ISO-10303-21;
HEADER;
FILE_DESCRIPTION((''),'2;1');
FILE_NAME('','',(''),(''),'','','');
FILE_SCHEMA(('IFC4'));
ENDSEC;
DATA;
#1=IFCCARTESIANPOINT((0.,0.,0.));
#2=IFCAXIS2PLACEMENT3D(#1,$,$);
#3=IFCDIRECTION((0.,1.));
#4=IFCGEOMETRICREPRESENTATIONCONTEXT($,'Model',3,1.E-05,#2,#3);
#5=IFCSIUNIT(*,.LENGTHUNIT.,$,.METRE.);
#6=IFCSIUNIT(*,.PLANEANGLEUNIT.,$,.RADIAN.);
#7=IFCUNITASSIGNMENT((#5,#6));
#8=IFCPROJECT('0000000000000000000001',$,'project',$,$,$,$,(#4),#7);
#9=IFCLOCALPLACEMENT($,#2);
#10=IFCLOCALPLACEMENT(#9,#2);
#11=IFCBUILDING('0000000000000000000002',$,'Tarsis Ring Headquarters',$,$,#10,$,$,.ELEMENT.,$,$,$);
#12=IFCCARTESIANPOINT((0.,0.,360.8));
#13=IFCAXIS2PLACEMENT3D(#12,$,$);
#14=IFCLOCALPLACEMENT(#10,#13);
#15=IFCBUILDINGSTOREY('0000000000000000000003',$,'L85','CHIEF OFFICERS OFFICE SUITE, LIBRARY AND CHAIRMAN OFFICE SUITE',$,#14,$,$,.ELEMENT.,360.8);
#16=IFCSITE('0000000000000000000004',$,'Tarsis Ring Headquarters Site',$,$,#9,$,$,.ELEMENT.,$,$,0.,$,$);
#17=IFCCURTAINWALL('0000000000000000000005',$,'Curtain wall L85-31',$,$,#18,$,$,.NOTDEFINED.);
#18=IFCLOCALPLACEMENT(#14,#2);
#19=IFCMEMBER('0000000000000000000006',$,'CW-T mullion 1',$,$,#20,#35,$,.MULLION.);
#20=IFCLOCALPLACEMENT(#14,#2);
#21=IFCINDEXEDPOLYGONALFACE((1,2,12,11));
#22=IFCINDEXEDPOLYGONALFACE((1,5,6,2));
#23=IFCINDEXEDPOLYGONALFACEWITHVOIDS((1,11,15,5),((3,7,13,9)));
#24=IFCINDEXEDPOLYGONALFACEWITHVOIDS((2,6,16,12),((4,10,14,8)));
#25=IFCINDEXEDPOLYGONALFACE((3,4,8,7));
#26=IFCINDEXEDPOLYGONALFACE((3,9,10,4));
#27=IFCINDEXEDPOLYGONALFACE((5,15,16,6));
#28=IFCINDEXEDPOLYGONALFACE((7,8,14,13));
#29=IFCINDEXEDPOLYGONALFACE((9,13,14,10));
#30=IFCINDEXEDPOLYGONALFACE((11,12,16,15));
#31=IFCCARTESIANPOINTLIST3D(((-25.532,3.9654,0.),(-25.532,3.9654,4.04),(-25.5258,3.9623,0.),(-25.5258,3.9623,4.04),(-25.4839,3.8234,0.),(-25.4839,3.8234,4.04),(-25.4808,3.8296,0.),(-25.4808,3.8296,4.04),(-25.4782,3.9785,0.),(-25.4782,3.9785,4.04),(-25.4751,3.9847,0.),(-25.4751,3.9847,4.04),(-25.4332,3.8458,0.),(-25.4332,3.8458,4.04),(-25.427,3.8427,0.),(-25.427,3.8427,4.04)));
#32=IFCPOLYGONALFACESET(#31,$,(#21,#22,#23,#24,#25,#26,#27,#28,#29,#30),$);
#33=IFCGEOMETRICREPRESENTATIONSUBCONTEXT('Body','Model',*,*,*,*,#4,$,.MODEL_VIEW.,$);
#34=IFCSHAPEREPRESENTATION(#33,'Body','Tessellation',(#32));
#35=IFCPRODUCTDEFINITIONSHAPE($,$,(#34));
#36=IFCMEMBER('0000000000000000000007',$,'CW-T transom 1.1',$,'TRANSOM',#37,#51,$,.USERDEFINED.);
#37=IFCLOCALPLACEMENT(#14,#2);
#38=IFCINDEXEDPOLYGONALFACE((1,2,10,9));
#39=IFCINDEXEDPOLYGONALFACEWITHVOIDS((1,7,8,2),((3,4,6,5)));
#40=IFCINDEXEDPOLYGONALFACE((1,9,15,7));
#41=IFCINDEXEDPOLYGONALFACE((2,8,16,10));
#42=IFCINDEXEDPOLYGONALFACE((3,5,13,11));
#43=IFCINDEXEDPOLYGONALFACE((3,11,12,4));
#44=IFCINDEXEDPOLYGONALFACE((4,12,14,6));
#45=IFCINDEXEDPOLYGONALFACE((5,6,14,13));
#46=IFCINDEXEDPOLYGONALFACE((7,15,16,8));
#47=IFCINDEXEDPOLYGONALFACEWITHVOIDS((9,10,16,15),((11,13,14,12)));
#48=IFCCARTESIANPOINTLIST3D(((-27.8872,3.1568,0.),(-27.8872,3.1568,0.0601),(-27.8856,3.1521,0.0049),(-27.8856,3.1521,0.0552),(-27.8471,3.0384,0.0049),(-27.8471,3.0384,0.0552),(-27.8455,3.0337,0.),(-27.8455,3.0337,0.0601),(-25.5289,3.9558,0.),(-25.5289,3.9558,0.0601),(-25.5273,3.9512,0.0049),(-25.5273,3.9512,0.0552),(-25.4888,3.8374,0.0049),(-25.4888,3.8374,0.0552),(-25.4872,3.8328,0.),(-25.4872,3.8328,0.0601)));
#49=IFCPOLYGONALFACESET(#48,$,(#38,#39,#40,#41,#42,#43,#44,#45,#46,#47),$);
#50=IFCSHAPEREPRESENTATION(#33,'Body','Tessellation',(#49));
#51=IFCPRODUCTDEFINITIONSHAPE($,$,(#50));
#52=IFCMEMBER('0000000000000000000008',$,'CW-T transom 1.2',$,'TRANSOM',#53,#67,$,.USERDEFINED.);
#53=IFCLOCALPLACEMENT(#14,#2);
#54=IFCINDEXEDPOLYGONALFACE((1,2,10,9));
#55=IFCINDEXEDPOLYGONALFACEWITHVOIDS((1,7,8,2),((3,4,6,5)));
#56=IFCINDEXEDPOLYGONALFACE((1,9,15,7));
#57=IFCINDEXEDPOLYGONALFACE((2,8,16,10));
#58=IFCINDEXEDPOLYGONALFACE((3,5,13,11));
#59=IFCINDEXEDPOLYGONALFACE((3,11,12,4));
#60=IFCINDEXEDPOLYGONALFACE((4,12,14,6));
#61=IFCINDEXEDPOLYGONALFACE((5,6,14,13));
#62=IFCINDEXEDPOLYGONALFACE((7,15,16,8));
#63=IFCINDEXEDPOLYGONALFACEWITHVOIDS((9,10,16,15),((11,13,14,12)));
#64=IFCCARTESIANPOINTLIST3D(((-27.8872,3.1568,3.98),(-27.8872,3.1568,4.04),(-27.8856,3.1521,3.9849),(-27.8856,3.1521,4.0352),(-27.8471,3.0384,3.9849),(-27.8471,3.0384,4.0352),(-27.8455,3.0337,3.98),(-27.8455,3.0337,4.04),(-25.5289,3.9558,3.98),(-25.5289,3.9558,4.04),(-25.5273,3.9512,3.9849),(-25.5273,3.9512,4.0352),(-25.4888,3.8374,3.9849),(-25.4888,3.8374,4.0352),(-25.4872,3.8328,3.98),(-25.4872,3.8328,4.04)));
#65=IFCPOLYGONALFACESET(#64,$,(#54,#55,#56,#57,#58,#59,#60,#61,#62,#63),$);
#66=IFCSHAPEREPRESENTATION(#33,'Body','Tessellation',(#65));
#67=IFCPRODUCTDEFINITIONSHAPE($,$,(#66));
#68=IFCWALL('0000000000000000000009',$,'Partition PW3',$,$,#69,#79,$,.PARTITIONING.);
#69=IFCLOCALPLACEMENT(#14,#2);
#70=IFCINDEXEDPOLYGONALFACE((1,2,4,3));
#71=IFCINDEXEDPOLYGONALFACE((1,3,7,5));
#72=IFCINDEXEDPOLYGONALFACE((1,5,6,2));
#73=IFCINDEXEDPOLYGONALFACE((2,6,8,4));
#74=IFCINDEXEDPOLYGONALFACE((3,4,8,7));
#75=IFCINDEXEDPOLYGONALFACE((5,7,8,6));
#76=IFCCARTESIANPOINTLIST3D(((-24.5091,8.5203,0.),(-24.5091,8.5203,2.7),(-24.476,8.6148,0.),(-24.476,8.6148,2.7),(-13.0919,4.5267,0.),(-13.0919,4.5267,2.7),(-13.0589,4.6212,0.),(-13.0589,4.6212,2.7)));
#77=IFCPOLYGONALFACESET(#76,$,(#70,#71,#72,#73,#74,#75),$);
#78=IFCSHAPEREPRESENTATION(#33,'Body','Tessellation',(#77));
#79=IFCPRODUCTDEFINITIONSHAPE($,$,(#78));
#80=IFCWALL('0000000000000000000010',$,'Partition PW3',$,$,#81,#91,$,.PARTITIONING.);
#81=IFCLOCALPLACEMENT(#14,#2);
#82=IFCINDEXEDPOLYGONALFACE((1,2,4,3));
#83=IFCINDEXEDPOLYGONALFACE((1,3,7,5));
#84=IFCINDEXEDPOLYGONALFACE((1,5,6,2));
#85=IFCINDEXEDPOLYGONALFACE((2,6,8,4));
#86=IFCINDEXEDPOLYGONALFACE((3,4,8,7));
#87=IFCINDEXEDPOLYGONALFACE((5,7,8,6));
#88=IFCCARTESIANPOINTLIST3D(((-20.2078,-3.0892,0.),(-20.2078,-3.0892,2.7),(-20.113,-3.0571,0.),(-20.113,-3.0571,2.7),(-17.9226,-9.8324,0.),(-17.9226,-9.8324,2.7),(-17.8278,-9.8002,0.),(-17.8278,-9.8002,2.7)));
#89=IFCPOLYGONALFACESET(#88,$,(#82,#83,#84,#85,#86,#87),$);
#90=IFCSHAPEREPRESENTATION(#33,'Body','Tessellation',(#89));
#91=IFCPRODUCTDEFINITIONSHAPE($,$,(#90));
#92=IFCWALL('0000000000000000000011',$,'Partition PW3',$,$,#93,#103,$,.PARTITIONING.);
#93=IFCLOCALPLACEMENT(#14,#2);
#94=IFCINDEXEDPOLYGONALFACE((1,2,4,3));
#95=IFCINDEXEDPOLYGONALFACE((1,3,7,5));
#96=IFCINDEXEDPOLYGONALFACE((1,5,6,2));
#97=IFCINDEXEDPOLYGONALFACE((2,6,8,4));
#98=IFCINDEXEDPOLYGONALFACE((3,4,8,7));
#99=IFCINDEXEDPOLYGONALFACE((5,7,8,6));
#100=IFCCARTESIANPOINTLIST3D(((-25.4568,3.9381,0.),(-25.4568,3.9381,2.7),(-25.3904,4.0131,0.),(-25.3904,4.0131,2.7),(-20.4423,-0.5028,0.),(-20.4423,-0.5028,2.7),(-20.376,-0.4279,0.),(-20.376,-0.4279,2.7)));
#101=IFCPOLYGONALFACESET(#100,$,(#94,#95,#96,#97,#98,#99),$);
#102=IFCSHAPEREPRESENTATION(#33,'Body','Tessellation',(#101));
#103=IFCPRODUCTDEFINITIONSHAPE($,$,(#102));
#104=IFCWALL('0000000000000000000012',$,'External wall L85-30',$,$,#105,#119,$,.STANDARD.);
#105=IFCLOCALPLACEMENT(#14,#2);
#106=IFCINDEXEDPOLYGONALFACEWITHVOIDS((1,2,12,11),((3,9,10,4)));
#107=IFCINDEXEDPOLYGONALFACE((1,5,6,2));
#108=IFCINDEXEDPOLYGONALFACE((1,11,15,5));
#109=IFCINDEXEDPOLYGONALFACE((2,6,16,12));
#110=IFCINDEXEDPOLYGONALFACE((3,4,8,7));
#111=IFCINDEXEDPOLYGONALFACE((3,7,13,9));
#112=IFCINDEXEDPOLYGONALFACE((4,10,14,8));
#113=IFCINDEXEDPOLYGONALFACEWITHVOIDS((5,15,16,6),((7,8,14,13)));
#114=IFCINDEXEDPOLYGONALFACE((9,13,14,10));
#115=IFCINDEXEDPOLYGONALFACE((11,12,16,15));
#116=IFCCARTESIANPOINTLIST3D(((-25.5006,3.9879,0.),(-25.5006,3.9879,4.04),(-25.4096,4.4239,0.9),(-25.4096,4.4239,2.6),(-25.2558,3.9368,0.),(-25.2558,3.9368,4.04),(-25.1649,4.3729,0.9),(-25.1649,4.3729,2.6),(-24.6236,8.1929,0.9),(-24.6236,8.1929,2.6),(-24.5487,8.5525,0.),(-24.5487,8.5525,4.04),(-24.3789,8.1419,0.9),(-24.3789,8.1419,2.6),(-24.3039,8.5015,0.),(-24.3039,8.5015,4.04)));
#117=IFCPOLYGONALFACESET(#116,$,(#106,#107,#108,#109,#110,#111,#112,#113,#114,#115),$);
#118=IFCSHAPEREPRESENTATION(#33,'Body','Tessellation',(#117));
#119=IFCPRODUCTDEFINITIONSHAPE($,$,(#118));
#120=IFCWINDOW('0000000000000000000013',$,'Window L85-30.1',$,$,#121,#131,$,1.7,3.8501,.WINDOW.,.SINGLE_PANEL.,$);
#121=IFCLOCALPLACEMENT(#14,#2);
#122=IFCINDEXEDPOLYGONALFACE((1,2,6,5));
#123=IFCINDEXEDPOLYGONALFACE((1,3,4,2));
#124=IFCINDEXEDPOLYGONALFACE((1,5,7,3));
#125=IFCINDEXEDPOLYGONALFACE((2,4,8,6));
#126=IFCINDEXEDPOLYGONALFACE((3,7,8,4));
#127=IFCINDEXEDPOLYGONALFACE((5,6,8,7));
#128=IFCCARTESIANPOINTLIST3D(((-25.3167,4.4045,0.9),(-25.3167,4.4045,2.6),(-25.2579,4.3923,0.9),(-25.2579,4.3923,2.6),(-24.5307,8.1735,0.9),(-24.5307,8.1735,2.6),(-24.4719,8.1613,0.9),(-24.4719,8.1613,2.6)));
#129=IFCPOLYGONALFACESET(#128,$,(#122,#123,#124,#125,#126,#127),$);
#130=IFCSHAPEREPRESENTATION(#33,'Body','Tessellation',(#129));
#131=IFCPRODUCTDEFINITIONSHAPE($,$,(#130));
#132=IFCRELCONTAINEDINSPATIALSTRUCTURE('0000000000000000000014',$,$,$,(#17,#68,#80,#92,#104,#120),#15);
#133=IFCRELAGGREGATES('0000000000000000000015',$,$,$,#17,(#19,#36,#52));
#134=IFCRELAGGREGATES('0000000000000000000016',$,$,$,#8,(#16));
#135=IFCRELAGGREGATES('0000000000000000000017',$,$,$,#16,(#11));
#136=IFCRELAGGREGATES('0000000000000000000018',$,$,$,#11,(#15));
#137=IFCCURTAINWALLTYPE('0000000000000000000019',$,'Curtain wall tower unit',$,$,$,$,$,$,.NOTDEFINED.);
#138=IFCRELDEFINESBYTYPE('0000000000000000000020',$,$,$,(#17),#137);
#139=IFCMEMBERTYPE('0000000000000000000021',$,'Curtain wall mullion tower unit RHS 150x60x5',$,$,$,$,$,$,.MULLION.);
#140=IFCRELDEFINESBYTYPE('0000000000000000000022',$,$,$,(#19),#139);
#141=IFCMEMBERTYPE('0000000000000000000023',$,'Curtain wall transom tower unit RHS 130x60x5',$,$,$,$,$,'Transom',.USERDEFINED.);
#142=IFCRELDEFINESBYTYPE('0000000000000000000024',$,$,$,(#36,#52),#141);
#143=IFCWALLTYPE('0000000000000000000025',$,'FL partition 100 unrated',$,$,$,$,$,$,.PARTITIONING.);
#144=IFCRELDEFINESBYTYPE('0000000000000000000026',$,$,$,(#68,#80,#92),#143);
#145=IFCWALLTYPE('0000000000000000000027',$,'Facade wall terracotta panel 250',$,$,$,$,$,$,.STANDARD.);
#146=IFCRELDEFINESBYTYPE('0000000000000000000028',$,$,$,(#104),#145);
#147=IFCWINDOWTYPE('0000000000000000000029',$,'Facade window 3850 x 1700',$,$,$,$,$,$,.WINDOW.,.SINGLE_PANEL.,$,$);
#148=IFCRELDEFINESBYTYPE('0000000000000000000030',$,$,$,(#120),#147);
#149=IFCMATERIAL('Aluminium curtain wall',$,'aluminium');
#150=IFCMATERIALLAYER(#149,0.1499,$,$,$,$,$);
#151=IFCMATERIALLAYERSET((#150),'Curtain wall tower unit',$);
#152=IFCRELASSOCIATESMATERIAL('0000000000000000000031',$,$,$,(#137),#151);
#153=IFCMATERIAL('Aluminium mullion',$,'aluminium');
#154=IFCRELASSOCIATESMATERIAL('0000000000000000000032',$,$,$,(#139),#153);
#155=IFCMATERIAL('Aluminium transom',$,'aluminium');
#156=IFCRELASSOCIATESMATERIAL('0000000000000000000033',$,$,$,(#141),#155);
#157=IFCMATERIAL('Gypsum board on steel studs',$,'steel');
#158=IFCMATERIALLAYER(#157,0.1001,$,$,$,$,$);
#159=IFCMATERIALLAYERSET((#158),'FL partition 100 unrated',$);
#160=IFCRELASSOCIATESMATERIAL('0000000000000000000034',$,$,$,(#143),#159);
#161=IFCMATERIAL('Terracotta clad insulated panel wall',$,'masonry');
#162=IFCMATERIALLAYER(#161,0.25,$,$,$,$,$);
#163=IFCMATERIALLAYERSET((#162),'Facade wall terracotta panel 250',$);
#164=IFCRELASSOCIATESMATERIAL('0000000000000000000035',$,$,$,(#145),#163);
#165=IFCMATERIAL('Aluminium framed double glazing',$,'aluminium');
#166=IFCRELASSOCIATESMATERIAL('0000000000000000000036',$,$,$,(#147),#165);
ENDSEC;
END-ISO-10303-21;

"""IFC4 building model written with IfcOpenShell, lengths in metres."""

from ifc_helpers import new_model, si_unit, direction, frame, frame_2d, origin, origin_2d, place, context, subcontext, project, spatial, rectangle, hollow_rectangle, extrude, material, layer, layer_set, material_profile, profile_set, type_object, element, fill, aggregate, save


model = new_model("IFC4")

# Units and contexts
model_context = context("Model", 3, precision=1e-05, world=origin(), true_north=direction((0.0, 1.0)))
body_context = subcontext(model_context, "Body", "Model", "MODEL_VIEW")
ifc_project = project(units=[si_unit("LENGTHUNIT", "METRE"), si_unit("PLANEANGLEUNIT", "RADIAN")], contexts=[model_context])

# Site, building, storey
site_placement = place(None, origin())
site = spatial("IfcSite", under=ifc_project, at=site_placement, Name="Tarsis Ring Headquarters Site", CompositionType="ELEMENT", RefElevation=0.0)
building_placement = place(site_placement, origin())
building = spatial("IfcBuilding", under=site, at=building_placement, Name="Tarsis Ring Headquarters", CompositionType="ELEMENT")
storey_placement = place(building_placement, frame((0.0, 0.0, 360.8)))
storey = spatial("IfcBuildingStorey", under=building, at=storey_placement, Name="L85", Description="CHIEF OFFICERS OFFICE SUITE, LIBRARY AND CHAIRMAN OFFICE SUITE", CompositionType="ELEMENT", Elevation=360.8)

# Curtain wall, members
ifc_material_1 = material(Name="Aluminium curtain wall", Category="aluminium")
ifc_layer_1 = layer(ifc_material_1, 0.1499)
ifc_layer_set_1 = layer_set([ifc_layer_1], Name="Curtain wall tower unit")
curtain_wall_type = type_object("IfcCurtainWallType", Name="Curtain wall tower unit", PredefinedType="NOTDEFINED", material=ifc_layer_set_1)
curtain_wall_placement = place(storey_placement, origin())
curtain_wall = element("IfcCurtainWall", 1, at=curtain_wall_placement, inside=storey, type_object=curtain_wall_type, Name="Curtain wall L85-31", PredefinedType="NOTDEFINED")
ifc_material_2 = material(Name="Aluminium mullion", Category="aluminium")
ifc_material_profile_1 = material_profile(ifc_material_2, hollow_rectangle(XDim=0.1499, YDim=0.0601, WallThickness=0.0049, at=origin_2d()), Name="RHS 150x60x5")
ifc_profile_set_1 = profile_set([ifc_material_profile_1], Name="Aluminium mullion")
member_type_1 = type_object("IfcMemberType", Name="Curtain wall mullion tower unit RHS 150x60x5", PredefinedType="MULLION", material=ifc_profile_set_1)
member_1_placement = place(storey_placement, frame((-25.4795, 3.9041, 0.0), z_axis=(0.0, 0.0, 1.0), x_axis=(0.320944, -0.947098, 0.0)))
member_1 = element("IfcMember", 2, at=member_1_placement, type_object=member_type_1, Name="CW-T mullion 1", PredefinedType="MULLION", context=body_context, shape_type="SweptSolid", body=[
    extrude(hollow_rectangle(XDim=0.1499, YDim=0.0601, WallThickness=0.0049, at=origin_2d()), origin(), (0.0, 0.0, 1.0), 4.04),
])
ifc_material_3 = material(Name="Aluminium transom", Category="aluminium")
ifc_material_profile_2 = material_profile(ifc_material_3, hollow_rectangle(XDim=0.1299, YDim=0.0601, WallThickness=0.0049, at=origin_2d()), Name="RHS 130x60x5")
ifc_profile_set_2 = profile_set([ifc_material_profile_2], Name="Aluminium transom")
member_type_2 = type_object("IfcMemberType", Name="Curtain wall transom tower unit RHS 130x60x5", ElementType="Transom", PredefinedType="USERDEFINED", material=ifc_profile_set_2)
member_2_placement = place(storey_placement, frame((-25.5081, 3.8943, 0.03), z_axis=(-0.947113, -0.320901, 0.0), x_axis=(0.320901, -0.947113, 0.0)))
member_2 = element("IfcMember", 3, at=member_2_placement, type_object=member_type_2, Name="CW-T transom 1.1", ObjectType="TRANSOM", PredefinedType="USERDEFINED", context=body_context, shape_type="SweptSolid", body=[
    extrude(hollow_rectangle(XDim=0.1299, YDim=0.0601, WallThickness=0.0049, at=origin_2d()), origin(), (0.0, 0.0, 1.0), 2.49),
])
member_3_placement = place(storey_placement, frame((-25.5081, 3.8943, 4.01), z_axis=(-0.947113, -0.320901, 0.0), x_axis=(0.320901, -0.947113, 0.0)))
member_3 = element("IfcMember", 4, at=member_3_placement, type_object=member_type_2, Name="CW-T transom 1.2", ObjectType="TRANSOM", PredefinedType="USERDEFINED", context=body_context, shape_type="SweptSolid", body=[
    extrude(hollow_rectangle(XDim=0.1299, YDim=0.0601, WallThickness=0.0049, at=origin_2d()), origin(), (0.0, 0.0, 1.0), 2.49),
])
aggregate(curtain_wall, [member_1, member_2, member_3])

# Walls
ifc_material_4 = material(Name="Gypsum board on steel studs", Category="steel")
ifc_layer_2 = layer(ifc_material_4, 0.1001)
ifc_layer_set_2 = layer_set([ifc_layer_2], Name="FL partition 100 unrated")
wall_type_1 = type_object("IfcWallType", Name="FL partition 100 unrated", PredefinedType="PARTITIONING", material=ifc_layer_set_2)
wall_1_placement = place(storey_placement, frame((-24.4927, 8.5676, 0.0), z_axis=(0.0, 0.0, 1.0), x_axis=(0.94392, -0.330175, 0.0)))
element("IfcWall", 5, at=wall_1_placement, inside=storey, type_object=wall_type_1, Name="Partition PW3", PredefinedType="PARTITIONING", context=body_context, shape_type="SweptSolid", body=[
    extrude(rectangle(XDim=12.0955, YDim=0.1001, at=frame_2d((6.0479, 0.0))), origin(), (0.0, 0.0, 1.0), 2.7),
])
wall_2_placement = place(storey_placement, frame((-20.1604, -3.073, 0.0), z_axis=(0.0, 0.0, 1.0), x_axis=(0.320956, -0.947094, 0.0)))
element("IfcWall", 6, at=wall_2_placement, inside=storey, type_object=wall_type_1, Name="Partition PW3", PredefinedType="PARTITIONING", context=body_context, shape_type="SweptSolid", body=[
    extrude(rectangle(XDim=7.1199, YDim=0.1001, at=frame_2d((3.5601, 0.0))), origin(), (0.0, 0.0, 1.0), 2.7),
])
wall_3_placement = place(storey_placement, frame((-25.4236, 3.9756, 0.0), z_axis=(0.0, 0.0, 1.0), x_axis=(0.748619, -0.663001, 0.0)))
element("IfcWall", 7, at=wall_3_placement, inside=storey, type_object=wall_type_1, Name="Partition PW3", PredefinedType="PARTITIONING", context=body_context, shape_type="SweptSolid", body=[
    extrude(rectangle(XDim=6.6982, YDim=0.1001, at=frame_2d((3.3491, 0.0))), origin(), (0.0, 0.0, 1.0), 2.7),
])

# Wall, opening, window
ifc_material_5 = material(Name="Terracotta clad insulated panel wall", Category="masonry")
ifc_layer_3 = layer(ifc_material_5, 0.25)
ifc_layer_set_3 = layer_set([ifc_layer_3], Name="Facade wall terracotta panel 250")
wall_type_2 = type_object("IfcWallType", Name="Facade wall terracotta panel 250", PredefinedType="STANDARD", material=ifc_layer_set_3)
wall_4_placement = place(storey_placement, frame((-24.4263, 8.5271, 0.0), z_axis=(0.0, 0.0, 1.0), x_axis=(-0.204145, -0.978941, 0.0)))
wall_4 = element("IfcWall", 8, at=wall_4_placement, inside=storey, type_object=wall_type_2, Name="External wall L85-30", PredefinedType="STANDARD", context=body_context, shape_type="SweptSolid", body=[
    extrude(rectangle(XDim=4.6628, YDim=0.25, at=frame_2d((2.3315, 0.0))), origin(), (0.0, 0.0, 1.0), 4.04),
])
opening_1_placement = place(wall_4_placement, frame((0.3674, 0.0, 0.8999)))
opening_1 = element("IfcOpeningElement", 9, at=opening_1_placement, cuts=wall_4, PredefinedType="OPENING", context=body_context, shape_type="SweptSolid", body=[
    extrude(rectangle(XDim=3.8501, YDim=1.7, at=frame_2d((1.925, 0.8501))), frame((0.0, 0.135, 0.0), z_axis=(0.0, -1.0, 0.0), x_axis=(1.0, 0.0, 0.0)), (0.0, 0.0, 1.0), 0.27),
])
ifc_material_6 = material(Name="Aluminium framed double glazing", Category="aluminium")
window_type = type_object("IfcWindowType", Name="Facade window 3850 x 1700", PartitioningType="SINGLE_PANEL", PredefinedType="WINDOW", material=ifc_material_6)
window_placement = place(opening_1_placement, origin())
window = element("IfcWindow", 10, at=window_placement, inside=storey, type_object=window_type, Name="Window L85-30.1", OverallHeight=1.7, OverallWidth=3.8501, PartitioningType="SINGLE_PANEL", PredefinedType="WINDOW", context=body_context, shape_type="SweptSolid", body=[
    extrude(rectangle(XDim=3.8501, YDim=1.7, at=frame_2d((1.925, 0.8501))), frame((0.0, 0.03, 0.0), z_axis=(0.0, -1.0, 0.0), x_axis=(1.0, 0.0, 0.0)), (0.0, 0.0, 1.0), 0.0601),
])
fill(opening_1, window)

save(model, "model.ifc")
